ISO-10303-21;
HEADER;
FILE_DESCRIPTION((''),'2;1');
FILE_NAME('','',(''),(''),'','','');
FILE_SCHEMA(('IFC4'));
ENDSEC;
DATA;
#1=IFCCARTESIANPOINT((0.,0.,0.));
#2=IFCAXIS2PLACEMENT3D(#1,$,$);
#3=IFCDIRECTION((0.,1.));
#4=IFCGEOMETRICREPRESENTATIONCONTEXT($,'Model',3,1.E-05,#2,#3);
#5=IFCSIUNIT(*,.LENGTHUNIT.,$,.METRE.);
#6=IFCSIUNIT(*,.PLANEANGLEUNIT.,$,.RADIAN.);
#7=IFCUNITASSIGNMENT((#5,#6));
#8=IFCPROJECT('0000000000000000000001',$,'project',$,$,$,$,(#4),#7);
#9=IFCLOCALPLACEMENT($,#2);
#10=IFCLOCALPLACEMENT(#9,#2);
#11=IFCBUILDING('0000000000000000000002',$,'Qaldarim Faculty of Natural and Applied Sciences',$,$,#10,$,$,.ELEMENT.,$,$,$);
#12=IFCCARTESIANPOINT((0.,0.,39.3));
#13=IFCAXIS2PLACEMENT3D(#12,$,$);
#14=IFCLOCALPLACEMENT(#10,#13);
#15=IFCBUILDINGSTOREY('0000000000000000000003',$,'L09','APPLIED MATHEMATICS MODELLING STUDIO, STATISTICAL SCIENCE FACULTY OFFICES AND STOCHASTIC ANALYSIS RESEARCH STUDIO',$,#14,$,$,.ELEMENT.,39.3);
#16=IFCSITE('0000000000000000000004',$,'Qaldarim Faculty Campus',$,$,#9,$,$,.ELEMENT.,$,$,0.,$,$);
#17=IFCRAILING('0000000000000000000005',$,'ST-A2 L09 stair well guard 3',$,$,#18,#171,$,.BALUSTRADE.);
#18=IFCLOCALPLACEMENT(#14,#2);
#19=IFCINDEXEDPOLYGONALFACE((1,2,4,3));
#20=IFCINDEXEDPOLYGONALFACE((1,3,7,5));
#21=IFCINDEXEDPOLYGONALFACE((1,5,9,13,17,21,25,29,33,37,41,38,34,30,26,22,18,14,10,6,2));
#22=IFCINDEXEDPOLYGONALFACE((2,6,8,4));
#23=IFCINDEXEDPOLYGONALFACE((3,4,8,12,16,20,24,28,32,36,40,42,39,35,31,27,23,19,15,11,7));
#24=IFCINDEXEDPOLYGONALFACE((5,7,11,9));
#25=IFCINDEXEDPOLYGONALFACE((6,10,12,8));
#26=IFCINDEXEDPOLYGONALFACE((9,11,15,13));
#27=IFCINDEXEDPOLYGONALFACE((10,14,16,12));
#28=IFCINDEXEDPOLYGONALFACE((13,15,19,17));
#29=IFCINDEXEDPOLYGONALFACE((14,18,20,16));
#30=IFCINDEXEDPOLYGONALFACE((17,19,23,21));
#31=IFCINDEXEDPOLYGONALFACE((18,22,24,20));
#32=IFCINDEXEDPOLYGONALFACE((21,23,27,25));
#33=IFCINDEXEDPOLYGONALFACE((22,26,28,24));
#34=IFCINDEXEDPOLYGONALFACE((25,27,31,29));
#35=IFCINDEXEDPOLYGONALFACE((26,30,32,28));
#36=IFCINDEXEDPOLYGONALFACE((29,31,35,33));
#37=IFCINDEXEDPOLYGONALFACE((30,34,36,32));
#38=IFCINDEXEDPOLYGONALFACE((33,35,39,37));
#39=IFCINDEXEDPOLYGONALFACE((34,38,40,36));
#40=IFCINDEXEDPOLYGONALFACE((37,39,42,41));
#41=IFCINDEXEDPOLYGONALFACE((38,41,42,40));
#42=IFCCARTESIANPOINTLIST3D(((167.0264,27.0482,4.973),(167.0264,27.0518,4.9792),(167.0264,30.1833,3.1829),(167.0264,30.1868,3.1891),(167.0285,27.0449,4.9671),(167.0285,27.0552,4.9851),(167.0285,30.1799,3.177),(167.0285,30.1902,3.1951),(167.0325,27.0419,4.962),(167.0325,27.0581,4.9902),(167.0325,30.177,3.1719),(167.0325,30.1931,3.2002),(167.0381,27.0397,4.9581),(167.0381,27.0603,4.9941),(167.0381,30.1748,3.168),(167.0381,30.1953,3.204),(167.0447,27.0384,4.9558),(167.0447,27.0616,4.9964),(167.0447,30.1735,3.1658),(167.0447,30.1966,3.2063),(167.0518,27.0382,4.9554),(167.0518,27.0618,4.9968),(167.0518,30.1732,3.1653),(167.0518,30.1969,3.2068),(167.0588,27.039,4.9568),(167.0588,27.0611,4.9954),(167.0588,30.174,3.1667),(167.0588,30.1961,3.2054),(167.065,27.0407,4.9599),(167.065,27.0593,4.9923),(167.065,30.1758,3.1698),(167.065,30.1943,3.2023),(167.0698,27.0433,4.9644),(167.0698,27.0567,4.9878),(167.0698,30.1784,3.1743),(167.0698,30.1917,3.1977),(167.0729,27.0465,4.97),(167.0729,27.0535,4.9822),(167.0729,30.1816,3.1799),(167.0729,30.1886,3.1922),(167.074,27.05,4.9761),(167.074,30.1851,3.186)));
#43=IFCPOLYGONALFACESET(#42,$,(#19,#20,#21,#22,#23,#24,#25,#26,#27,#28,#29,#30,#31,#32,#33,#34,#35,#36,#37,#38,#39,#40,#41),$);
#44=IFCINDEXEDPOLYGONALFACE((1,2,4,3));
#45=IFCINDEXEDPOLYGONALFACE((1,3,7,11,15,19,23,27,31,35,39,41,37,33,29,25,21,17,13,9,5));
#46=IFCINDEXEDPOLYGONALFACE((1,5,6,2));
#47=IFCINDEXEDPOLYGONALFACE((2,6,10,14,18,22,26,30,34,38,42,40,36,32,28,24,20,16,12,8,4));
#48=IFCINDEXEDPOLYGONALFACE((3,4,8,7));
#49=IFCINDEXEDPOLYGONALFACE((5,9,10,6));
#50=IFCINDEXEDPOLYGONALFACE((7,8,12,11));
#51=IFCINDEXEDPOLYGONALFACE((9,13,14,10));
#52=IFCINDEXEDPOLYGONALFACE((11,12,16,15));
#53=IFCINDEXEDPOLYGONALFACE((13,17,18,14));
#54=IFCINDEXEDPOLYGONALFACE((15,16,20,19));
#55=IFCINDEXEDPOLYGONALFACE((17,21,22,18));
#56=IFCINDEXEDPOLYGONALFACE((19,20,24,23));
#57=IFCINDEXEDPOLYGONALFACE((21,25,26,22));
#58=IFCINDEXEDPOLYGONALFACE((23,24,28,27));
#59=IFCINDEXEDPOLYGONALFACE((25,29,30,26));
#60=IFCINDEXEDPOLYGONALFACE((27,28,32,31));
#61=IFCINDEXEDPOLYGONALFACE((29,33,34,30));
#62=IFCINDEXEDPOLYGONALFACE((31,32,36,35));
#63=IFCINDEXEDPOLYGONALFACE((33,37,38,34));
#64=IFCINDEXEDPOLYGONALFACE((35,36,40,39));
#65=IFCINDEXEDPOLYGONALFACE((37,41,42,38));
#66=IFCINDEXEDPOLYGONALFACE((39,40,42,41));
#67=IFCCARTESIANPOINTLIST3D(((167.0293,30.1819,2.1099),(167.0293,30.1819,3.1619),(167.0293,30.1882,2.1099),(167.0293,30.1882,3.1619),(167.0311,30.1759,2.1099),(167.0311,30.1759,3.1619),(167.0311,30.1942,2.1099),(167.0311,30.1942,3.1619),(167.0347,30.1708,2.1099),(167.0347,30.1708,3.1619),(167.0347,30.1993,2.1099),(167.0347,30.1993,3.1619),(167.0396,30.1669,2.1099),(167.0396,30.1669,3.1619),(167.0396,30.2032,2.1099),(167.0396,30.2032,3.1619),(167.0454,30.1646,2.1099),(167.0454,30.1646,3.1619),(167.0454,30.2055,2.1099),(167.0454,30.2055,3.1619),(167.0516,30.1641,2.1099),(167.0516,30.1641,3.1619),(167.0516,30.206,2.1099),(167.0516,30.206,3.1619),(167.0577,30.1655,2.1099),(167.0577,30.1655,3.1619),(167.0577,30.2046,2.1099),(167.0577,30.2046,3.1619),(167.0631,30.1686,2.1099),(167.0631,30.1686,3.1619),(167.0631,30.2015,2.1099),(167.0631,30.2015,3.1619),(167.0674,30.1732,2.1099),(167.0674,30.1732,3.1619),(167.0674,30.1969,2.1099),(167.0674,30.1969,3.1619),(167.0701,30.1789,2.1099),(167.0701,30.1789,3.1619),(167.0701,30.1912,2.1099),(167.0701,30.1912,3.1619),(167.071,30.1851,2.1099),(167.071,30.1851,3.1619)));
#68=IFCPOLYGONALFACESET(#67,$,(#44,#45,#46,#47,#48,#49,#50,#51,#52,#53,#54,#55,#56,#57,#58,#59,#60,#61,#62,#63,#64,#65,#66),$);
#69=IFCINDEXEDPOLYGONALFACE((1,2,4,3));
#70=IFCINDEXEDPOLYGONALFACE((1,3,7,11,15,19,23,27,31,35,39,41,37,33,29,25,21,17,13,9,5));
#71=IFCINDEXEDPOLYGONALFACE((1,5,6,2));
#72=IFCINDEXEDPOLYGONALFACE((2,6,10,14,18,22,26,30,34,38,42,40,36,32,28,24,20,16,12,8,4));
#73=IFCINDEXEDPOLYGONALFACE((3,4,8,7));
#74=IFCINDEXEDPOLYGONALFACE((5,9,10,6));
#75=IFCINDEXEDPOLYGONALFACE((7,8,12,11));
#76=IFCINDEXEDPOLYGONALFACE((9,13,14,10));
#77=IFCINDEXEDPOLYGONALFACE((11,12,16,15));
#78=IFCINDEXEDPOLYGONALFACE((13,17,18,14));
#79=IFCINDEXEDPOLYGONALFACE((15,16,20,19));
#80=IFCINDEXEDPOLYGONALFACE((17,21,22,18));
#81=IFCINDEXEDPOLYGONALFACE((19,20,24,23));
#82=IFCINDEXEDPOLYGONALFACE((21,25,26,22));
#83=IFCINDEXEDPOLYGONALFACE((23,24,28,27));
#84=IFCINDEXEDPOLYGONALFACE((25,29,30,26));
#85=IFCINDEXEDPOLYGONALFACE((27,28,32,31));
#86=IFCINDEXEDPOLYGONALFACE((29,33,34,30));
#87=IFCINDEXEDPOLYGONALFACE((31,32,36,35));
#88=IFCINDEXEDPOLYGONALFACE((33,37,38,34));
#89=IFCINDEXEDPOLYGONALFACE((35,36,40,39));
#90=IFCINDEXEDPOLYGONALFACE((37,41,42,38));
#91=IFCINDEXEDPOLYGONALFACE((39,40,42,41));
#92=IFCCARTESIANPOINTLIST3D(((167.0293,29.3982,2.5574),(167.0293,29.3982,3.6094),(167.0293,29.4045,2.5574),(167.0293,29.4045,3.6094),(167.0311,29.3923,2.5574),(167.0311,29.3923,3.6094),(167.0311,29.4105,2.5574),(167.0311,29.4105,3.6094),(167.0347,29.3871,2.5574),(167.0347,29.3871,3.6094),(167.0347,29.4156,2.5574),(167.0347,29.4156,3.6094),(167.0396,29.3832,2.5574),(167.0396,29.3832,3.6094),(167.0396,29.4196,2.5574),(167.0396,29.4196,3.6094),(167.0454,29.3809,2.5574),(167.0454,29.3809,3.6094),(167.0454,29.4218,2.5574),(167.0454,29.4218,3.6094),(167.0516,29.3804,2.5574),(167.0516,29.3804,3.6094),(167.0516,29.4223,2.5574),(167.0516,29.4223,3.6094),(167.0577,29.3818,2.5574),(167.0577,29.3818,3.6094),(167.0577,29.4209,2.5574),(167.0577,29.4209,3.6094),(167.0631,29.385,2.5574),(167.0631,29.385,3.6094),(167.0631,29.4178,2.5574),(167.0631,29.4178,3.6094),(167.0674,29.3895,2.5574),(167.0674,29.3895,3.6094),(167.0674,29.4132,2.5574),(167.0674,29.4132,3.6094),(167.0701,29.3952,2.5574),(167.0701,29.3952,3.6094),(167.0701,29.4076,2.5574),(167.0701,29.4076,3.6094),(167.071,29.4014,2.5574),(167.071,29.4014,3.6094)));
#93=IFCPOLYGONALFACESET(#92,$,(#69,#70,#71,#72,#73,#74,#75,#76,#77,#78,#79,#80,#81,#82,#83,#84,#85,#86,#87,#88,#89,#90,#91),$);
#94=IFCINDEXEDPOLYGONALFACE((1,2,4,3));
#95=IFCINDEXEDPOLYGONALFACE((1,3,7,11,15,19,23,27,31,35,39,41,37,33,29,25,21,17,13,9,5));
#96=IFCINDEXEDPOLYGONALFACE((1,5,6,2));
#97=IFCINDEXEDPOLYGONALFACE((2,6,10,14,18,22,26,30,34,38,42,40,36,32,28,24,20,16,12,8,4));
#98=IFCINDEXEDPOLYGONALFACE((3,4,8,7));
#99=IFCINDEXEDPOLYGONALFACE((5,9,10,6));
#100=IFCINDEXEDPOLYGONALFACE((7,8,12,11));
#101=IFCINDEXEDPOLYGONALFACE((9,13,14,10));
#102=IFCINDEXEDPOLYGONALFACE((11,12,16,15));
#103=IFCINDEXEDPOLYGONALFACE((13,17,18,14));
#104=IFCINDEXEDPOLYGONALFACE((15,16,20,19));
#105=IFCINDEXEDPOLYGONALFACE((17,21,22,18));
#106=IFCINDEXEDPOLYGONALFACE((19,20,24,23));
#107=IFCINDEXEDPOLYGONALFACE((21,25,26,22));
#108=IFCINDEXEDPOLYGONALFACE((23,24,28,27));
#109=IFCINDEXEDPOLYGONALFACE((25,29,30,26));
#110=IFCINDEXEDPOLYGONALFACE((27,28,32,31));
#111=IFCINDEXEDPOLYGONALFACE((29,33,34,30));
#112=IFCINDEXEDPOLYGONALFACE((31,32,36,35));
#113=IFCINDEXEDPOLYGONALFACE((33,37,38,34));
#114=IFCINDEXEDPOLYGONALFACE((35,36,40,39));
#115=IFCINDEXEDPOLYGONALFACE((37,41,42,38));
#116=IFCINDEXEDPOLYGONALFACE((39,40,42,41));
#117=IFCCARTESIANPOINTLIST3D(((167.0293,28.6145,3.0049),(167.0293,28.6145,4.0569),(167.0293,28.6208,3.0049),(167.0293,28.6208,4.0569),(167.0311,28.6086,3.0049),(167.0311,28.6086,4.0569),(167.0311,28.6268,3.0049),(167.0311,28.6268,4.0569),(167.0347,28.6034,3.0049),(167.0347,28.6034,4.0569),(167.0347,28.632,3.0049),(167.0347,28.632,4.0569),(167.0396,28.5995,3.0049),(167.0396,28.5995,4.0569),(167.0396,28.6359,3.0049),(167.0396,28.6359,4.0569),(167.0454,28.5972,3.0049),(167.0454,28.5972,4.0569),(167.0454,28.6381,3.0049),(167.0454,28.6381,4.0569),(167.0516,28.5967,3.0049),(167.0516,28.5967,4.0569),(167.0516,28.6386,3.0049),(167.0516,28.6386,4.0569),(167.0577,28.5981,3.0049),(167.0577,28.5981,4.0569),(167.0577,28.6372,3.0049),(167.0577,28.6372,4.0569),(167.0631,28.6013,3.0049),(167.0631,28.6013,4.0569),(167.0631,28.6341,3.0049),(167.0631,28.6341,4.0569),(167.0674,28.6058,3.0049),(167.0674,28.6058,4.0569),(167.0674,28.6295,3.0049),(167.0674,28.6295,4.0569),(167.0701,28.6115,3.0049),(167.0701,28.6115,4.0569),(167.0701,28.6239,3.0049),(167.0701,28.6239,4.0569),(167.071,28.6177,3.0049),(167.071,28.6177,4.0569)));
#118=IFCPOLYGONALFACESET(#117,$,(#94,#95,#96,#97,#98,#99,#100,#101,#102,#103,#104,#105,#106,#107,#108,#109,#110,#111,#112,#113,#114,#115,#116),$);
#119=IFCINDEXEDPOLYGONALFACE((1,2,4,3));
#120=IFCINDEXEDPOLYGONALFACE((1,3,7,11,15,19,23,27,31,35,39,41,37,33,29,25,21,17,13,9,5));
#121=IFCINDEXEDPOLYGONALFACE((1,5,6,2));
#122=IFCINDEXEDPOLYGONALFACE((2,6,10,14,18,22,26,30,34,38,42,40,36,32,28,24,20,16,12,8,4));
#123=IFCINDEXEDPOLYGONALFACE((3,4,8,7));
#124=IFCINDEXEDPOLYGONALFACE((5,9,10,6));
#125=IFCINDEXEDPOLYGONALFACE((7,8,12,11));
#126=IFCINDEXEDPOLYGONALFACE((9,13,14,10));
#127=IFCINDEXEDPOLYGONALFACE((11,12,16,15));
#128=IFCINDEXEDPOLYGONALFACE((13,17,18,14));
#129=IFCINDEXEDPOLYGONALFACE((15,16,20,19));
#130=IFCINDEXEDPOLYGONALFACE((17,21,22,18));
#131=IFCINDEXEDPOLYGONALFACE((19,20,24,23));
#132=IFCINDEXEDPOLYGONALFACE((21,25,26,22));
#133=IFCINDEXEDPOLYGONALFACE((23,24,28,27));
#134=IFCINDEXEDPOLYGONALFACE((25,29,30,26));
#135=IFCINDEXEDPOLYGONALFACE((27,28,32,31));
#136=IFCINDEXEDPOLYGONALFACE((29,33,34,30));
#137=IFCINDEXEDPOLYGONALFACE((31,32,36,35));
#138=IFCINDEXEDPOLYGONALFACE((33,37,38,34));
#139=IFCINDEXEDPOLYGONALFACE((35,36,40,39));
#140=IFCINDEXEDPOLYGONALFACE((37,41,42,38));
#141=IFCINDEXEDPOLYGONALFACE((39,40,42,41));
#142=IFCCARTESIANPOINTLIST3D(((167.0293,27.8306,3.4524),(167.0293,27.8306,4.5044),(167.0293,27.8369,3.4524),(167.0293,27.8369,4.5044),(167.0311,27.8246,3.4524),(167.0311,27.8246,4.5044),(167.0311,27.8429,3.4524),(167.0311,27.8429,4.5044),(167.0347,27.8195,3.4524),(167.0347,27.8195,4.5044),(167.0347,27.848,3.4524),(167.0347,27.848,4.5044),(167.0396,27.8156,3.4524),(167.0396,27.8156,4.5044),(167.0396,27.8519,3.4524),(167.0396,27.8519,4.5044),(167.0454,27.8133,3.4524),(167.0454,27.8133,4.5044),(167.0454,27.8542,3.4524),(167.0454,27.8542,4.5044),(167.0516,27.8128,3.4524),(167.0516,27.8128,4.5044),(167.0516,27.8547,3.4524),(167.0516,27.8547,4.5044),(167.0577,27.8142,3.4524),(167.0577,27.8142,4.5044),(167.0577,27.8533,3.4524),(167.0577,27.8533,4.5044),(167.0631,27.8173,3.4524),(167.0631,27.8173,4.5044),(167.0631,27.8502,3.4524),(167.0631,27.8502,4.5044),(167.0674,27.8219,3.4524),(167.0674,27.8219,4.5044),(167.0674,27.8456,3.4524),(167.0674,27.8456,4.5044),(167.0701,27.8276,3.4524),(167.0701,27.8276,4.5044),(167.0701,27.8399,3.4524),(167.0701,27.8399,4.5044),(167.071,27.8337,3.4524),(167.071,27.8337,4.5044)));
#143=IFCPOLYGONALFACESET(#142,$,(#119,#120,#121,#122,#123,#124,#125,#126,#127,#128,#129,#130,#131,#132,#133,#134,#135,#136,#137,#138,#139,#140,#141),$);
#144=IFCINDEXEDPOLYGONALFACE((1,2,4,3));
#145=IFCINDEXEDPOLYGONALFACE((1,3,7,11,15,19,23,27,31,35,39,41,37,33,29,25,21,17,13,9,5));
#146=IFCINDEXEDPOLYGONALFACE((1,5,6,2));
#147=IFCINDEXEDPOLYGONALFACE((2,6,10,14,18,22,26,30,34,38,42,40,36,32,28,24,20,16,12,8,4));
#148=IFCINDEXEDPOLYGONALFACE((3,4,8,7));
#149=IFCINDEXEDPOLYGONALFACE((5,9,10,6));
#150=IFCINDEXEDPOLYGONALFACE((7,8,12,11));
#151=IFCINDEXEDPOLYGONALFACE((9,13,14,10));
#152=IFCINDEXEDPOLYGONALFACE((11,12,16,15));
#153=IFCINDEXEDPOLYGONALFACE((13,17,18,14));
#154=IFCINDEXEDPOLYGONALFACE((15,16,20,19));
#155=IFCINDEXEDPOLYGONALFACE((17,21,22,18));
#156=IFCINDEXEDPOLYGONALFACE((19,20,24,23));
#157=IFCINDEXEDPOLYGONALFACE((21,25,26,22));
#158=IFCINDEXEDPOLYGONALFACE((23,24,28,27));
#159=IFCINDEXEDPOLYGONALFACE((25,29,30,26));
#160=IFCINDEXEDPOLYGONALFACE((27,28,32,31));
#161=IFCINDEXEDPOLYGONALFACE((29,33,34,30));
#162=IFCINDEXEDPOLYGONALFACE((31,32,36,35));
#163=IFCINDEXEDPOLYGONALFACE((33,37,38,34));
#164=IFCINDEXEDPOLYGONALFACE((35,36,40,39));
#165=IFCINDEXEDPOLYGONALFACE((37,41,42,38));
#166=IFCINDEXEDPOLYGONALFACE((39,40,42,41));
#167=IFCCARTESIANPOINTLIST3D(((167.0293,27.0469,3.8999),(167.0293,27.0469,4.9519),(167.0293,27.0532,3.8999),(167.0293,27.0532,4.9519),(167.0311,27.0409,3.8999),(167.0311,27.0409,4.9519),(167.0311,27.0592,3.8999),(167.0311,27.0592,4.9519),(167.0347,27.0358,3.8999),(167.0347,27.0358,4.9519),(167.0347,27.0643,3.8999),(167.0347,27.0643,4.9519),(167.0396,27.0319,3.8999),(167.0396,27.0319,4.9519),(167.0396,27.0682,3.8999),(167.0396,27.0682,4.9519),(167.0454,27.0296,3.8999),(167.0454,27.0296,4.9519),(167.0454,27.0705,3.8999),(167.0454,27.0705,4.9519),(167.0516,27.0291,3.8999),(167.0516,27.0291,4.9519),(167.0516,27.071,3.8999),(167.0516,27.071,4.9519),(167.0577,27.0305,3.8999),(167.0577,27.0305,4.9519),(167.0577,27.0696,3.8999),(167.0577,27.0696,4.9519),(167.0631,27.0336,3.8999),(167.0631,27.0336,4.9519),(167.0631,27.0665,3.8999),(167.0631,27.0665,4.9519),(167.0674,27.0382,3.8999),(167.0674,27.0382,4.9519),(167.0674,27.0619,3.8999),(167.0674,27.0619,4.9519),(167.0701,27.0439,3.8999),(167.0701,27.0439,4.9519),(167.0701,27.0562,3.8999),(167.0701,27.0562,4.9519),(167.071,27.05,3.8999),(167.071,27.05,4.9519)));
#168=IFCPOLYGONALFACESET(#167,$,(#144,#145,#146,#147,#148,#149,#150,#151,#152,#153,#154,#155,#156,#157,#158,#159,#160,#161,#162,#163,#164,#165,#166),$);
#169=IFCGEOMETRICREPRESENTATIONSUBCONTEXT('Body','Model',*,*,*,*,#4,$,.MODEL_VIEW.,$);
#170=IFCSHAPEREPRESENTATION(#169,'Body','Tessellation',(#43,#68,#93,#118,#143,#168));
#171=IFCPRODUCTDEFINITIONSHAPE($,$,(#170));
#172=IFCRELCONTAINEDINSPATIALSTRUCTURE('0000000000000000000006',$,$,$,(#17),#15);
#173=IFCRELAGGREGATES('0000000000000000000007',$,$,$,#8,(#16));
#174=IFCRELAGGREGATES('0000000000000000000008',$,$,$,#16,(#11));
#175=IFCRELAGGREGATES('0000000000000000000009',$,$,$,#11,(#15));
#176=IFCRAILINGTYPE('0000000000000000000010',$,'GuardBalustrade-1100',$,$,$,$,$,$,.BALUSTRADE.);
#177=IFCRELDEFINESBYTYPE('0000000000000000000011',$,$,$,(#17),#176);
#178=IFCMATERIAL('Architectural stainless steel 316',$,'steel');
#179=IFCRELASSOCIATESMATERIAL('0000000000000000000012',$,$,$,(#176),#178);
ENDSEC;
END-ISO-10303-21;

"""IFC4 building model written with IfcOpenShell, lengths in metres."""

from ifc_helpers import new_model, si_unit, direction, frame, origin, origin_2d, place, context, subcontext, project, spatial, circle, extrude, material, type_object, element, save


model = new_model("IFC4")

# Units and contexts
model_context = context("Model", 3, precision=1e-05, world=origin(), true_north=direction((0.0, 1.0)))
body_context = subcontext(model_context, "Body", "Model", "MODEL_VIEW")
ifc_project = project(units=[si_unit("LENGTHUNIT", "METRE"), si_unit("PLANEANGLEUNIT", "RADIAN")], contexts=[model_context])

# Site, building, storey
site_placement = place(None, origin())
site = spatial("IfcSite", under=ifc_project, at=site_placement, Name="Qaldarim Faculty Campus", CompositionType="ELEMENT", RefElevation=0.0)
building_placement = place(site_placement, origin())
building = spatial("IfcBuilding", under=site, at=building_placement, Name="Qaldarim Faculty of Natural and Applied Sciences", CompositionType="ELEMENT")
storey_placement = place(building_placement, frame((0.0, 0.0, 39.3)))
storey = spatial("IfcBuildingStorey", under=building, at=storey_placement, Name="L09", Description="APPLIED MATHEMATICS MODELLING STUDIO, STATISTICAL SCIENCE FACULTY OFFICES AND STOCHASTIC ANALYSIS RESEARCH STUDIO", CompositionType="ELEMENT", Elevation=39.3)

# Shared definitions
ifc_material_1 = material(Name="Architectural stainless steel 316", Category="steel")

# Railing
railing_type_1 = type_object("IfcRailingType", Name="GuardBalustrade-1100", PredefinedType="BALUSTRADE", material=ifc_material_1)
railing_1_placement = place(storey_placement, frame((167.05, 30.1851, 2.1099)))
element("IfcRailing", 1, at=railing_1_placement, inside=storey, type_object=railing_type_1, Name="ST-A2 L09 stair well guard 3", PredefinedType="BALUSTRADE", context=body_context, shape_type="SweptSolid", body=[
    extrude(circle(Radius=0.0239, at=origin_2d()), frame((0.0, 0.0, 1.0762), z_axis=(0.0, -0.86841, 0.495848), x_axis=(1.0, 0.0, 0.0)), (0.0, 0.0, 1.0), 3.6101),
    extrude(circle(Radius=0.021, at=origin_2d()), origin(), (0.0, 0.0, 1.0), 1.052),
    extrude(circle(Radius=0.021, at=origin_2d()), frame((0.0, -0.7837, 0.4475)), (0.0, 0.0, 1.0), 1.052),
    extrude(circle(Radius=0.021, at=origin_2d()), frame((0.0, -1.5674, 0.895)), (0.0, 0.0, 1.0), 1.052),
    extrude(circle(Radius=0.021, at=origin_2d()), frame((0.0, -2.3513, 1.3425)), (0.0, 0.0, 1.0), 1.052),
    extrude(circle(Radius=0.021, at=origin_2d()), frame((0.0, -3.135, 1.79)), (0.0, 0.0, 1.0), 1.052),
])

save(model, "model.ifc")
